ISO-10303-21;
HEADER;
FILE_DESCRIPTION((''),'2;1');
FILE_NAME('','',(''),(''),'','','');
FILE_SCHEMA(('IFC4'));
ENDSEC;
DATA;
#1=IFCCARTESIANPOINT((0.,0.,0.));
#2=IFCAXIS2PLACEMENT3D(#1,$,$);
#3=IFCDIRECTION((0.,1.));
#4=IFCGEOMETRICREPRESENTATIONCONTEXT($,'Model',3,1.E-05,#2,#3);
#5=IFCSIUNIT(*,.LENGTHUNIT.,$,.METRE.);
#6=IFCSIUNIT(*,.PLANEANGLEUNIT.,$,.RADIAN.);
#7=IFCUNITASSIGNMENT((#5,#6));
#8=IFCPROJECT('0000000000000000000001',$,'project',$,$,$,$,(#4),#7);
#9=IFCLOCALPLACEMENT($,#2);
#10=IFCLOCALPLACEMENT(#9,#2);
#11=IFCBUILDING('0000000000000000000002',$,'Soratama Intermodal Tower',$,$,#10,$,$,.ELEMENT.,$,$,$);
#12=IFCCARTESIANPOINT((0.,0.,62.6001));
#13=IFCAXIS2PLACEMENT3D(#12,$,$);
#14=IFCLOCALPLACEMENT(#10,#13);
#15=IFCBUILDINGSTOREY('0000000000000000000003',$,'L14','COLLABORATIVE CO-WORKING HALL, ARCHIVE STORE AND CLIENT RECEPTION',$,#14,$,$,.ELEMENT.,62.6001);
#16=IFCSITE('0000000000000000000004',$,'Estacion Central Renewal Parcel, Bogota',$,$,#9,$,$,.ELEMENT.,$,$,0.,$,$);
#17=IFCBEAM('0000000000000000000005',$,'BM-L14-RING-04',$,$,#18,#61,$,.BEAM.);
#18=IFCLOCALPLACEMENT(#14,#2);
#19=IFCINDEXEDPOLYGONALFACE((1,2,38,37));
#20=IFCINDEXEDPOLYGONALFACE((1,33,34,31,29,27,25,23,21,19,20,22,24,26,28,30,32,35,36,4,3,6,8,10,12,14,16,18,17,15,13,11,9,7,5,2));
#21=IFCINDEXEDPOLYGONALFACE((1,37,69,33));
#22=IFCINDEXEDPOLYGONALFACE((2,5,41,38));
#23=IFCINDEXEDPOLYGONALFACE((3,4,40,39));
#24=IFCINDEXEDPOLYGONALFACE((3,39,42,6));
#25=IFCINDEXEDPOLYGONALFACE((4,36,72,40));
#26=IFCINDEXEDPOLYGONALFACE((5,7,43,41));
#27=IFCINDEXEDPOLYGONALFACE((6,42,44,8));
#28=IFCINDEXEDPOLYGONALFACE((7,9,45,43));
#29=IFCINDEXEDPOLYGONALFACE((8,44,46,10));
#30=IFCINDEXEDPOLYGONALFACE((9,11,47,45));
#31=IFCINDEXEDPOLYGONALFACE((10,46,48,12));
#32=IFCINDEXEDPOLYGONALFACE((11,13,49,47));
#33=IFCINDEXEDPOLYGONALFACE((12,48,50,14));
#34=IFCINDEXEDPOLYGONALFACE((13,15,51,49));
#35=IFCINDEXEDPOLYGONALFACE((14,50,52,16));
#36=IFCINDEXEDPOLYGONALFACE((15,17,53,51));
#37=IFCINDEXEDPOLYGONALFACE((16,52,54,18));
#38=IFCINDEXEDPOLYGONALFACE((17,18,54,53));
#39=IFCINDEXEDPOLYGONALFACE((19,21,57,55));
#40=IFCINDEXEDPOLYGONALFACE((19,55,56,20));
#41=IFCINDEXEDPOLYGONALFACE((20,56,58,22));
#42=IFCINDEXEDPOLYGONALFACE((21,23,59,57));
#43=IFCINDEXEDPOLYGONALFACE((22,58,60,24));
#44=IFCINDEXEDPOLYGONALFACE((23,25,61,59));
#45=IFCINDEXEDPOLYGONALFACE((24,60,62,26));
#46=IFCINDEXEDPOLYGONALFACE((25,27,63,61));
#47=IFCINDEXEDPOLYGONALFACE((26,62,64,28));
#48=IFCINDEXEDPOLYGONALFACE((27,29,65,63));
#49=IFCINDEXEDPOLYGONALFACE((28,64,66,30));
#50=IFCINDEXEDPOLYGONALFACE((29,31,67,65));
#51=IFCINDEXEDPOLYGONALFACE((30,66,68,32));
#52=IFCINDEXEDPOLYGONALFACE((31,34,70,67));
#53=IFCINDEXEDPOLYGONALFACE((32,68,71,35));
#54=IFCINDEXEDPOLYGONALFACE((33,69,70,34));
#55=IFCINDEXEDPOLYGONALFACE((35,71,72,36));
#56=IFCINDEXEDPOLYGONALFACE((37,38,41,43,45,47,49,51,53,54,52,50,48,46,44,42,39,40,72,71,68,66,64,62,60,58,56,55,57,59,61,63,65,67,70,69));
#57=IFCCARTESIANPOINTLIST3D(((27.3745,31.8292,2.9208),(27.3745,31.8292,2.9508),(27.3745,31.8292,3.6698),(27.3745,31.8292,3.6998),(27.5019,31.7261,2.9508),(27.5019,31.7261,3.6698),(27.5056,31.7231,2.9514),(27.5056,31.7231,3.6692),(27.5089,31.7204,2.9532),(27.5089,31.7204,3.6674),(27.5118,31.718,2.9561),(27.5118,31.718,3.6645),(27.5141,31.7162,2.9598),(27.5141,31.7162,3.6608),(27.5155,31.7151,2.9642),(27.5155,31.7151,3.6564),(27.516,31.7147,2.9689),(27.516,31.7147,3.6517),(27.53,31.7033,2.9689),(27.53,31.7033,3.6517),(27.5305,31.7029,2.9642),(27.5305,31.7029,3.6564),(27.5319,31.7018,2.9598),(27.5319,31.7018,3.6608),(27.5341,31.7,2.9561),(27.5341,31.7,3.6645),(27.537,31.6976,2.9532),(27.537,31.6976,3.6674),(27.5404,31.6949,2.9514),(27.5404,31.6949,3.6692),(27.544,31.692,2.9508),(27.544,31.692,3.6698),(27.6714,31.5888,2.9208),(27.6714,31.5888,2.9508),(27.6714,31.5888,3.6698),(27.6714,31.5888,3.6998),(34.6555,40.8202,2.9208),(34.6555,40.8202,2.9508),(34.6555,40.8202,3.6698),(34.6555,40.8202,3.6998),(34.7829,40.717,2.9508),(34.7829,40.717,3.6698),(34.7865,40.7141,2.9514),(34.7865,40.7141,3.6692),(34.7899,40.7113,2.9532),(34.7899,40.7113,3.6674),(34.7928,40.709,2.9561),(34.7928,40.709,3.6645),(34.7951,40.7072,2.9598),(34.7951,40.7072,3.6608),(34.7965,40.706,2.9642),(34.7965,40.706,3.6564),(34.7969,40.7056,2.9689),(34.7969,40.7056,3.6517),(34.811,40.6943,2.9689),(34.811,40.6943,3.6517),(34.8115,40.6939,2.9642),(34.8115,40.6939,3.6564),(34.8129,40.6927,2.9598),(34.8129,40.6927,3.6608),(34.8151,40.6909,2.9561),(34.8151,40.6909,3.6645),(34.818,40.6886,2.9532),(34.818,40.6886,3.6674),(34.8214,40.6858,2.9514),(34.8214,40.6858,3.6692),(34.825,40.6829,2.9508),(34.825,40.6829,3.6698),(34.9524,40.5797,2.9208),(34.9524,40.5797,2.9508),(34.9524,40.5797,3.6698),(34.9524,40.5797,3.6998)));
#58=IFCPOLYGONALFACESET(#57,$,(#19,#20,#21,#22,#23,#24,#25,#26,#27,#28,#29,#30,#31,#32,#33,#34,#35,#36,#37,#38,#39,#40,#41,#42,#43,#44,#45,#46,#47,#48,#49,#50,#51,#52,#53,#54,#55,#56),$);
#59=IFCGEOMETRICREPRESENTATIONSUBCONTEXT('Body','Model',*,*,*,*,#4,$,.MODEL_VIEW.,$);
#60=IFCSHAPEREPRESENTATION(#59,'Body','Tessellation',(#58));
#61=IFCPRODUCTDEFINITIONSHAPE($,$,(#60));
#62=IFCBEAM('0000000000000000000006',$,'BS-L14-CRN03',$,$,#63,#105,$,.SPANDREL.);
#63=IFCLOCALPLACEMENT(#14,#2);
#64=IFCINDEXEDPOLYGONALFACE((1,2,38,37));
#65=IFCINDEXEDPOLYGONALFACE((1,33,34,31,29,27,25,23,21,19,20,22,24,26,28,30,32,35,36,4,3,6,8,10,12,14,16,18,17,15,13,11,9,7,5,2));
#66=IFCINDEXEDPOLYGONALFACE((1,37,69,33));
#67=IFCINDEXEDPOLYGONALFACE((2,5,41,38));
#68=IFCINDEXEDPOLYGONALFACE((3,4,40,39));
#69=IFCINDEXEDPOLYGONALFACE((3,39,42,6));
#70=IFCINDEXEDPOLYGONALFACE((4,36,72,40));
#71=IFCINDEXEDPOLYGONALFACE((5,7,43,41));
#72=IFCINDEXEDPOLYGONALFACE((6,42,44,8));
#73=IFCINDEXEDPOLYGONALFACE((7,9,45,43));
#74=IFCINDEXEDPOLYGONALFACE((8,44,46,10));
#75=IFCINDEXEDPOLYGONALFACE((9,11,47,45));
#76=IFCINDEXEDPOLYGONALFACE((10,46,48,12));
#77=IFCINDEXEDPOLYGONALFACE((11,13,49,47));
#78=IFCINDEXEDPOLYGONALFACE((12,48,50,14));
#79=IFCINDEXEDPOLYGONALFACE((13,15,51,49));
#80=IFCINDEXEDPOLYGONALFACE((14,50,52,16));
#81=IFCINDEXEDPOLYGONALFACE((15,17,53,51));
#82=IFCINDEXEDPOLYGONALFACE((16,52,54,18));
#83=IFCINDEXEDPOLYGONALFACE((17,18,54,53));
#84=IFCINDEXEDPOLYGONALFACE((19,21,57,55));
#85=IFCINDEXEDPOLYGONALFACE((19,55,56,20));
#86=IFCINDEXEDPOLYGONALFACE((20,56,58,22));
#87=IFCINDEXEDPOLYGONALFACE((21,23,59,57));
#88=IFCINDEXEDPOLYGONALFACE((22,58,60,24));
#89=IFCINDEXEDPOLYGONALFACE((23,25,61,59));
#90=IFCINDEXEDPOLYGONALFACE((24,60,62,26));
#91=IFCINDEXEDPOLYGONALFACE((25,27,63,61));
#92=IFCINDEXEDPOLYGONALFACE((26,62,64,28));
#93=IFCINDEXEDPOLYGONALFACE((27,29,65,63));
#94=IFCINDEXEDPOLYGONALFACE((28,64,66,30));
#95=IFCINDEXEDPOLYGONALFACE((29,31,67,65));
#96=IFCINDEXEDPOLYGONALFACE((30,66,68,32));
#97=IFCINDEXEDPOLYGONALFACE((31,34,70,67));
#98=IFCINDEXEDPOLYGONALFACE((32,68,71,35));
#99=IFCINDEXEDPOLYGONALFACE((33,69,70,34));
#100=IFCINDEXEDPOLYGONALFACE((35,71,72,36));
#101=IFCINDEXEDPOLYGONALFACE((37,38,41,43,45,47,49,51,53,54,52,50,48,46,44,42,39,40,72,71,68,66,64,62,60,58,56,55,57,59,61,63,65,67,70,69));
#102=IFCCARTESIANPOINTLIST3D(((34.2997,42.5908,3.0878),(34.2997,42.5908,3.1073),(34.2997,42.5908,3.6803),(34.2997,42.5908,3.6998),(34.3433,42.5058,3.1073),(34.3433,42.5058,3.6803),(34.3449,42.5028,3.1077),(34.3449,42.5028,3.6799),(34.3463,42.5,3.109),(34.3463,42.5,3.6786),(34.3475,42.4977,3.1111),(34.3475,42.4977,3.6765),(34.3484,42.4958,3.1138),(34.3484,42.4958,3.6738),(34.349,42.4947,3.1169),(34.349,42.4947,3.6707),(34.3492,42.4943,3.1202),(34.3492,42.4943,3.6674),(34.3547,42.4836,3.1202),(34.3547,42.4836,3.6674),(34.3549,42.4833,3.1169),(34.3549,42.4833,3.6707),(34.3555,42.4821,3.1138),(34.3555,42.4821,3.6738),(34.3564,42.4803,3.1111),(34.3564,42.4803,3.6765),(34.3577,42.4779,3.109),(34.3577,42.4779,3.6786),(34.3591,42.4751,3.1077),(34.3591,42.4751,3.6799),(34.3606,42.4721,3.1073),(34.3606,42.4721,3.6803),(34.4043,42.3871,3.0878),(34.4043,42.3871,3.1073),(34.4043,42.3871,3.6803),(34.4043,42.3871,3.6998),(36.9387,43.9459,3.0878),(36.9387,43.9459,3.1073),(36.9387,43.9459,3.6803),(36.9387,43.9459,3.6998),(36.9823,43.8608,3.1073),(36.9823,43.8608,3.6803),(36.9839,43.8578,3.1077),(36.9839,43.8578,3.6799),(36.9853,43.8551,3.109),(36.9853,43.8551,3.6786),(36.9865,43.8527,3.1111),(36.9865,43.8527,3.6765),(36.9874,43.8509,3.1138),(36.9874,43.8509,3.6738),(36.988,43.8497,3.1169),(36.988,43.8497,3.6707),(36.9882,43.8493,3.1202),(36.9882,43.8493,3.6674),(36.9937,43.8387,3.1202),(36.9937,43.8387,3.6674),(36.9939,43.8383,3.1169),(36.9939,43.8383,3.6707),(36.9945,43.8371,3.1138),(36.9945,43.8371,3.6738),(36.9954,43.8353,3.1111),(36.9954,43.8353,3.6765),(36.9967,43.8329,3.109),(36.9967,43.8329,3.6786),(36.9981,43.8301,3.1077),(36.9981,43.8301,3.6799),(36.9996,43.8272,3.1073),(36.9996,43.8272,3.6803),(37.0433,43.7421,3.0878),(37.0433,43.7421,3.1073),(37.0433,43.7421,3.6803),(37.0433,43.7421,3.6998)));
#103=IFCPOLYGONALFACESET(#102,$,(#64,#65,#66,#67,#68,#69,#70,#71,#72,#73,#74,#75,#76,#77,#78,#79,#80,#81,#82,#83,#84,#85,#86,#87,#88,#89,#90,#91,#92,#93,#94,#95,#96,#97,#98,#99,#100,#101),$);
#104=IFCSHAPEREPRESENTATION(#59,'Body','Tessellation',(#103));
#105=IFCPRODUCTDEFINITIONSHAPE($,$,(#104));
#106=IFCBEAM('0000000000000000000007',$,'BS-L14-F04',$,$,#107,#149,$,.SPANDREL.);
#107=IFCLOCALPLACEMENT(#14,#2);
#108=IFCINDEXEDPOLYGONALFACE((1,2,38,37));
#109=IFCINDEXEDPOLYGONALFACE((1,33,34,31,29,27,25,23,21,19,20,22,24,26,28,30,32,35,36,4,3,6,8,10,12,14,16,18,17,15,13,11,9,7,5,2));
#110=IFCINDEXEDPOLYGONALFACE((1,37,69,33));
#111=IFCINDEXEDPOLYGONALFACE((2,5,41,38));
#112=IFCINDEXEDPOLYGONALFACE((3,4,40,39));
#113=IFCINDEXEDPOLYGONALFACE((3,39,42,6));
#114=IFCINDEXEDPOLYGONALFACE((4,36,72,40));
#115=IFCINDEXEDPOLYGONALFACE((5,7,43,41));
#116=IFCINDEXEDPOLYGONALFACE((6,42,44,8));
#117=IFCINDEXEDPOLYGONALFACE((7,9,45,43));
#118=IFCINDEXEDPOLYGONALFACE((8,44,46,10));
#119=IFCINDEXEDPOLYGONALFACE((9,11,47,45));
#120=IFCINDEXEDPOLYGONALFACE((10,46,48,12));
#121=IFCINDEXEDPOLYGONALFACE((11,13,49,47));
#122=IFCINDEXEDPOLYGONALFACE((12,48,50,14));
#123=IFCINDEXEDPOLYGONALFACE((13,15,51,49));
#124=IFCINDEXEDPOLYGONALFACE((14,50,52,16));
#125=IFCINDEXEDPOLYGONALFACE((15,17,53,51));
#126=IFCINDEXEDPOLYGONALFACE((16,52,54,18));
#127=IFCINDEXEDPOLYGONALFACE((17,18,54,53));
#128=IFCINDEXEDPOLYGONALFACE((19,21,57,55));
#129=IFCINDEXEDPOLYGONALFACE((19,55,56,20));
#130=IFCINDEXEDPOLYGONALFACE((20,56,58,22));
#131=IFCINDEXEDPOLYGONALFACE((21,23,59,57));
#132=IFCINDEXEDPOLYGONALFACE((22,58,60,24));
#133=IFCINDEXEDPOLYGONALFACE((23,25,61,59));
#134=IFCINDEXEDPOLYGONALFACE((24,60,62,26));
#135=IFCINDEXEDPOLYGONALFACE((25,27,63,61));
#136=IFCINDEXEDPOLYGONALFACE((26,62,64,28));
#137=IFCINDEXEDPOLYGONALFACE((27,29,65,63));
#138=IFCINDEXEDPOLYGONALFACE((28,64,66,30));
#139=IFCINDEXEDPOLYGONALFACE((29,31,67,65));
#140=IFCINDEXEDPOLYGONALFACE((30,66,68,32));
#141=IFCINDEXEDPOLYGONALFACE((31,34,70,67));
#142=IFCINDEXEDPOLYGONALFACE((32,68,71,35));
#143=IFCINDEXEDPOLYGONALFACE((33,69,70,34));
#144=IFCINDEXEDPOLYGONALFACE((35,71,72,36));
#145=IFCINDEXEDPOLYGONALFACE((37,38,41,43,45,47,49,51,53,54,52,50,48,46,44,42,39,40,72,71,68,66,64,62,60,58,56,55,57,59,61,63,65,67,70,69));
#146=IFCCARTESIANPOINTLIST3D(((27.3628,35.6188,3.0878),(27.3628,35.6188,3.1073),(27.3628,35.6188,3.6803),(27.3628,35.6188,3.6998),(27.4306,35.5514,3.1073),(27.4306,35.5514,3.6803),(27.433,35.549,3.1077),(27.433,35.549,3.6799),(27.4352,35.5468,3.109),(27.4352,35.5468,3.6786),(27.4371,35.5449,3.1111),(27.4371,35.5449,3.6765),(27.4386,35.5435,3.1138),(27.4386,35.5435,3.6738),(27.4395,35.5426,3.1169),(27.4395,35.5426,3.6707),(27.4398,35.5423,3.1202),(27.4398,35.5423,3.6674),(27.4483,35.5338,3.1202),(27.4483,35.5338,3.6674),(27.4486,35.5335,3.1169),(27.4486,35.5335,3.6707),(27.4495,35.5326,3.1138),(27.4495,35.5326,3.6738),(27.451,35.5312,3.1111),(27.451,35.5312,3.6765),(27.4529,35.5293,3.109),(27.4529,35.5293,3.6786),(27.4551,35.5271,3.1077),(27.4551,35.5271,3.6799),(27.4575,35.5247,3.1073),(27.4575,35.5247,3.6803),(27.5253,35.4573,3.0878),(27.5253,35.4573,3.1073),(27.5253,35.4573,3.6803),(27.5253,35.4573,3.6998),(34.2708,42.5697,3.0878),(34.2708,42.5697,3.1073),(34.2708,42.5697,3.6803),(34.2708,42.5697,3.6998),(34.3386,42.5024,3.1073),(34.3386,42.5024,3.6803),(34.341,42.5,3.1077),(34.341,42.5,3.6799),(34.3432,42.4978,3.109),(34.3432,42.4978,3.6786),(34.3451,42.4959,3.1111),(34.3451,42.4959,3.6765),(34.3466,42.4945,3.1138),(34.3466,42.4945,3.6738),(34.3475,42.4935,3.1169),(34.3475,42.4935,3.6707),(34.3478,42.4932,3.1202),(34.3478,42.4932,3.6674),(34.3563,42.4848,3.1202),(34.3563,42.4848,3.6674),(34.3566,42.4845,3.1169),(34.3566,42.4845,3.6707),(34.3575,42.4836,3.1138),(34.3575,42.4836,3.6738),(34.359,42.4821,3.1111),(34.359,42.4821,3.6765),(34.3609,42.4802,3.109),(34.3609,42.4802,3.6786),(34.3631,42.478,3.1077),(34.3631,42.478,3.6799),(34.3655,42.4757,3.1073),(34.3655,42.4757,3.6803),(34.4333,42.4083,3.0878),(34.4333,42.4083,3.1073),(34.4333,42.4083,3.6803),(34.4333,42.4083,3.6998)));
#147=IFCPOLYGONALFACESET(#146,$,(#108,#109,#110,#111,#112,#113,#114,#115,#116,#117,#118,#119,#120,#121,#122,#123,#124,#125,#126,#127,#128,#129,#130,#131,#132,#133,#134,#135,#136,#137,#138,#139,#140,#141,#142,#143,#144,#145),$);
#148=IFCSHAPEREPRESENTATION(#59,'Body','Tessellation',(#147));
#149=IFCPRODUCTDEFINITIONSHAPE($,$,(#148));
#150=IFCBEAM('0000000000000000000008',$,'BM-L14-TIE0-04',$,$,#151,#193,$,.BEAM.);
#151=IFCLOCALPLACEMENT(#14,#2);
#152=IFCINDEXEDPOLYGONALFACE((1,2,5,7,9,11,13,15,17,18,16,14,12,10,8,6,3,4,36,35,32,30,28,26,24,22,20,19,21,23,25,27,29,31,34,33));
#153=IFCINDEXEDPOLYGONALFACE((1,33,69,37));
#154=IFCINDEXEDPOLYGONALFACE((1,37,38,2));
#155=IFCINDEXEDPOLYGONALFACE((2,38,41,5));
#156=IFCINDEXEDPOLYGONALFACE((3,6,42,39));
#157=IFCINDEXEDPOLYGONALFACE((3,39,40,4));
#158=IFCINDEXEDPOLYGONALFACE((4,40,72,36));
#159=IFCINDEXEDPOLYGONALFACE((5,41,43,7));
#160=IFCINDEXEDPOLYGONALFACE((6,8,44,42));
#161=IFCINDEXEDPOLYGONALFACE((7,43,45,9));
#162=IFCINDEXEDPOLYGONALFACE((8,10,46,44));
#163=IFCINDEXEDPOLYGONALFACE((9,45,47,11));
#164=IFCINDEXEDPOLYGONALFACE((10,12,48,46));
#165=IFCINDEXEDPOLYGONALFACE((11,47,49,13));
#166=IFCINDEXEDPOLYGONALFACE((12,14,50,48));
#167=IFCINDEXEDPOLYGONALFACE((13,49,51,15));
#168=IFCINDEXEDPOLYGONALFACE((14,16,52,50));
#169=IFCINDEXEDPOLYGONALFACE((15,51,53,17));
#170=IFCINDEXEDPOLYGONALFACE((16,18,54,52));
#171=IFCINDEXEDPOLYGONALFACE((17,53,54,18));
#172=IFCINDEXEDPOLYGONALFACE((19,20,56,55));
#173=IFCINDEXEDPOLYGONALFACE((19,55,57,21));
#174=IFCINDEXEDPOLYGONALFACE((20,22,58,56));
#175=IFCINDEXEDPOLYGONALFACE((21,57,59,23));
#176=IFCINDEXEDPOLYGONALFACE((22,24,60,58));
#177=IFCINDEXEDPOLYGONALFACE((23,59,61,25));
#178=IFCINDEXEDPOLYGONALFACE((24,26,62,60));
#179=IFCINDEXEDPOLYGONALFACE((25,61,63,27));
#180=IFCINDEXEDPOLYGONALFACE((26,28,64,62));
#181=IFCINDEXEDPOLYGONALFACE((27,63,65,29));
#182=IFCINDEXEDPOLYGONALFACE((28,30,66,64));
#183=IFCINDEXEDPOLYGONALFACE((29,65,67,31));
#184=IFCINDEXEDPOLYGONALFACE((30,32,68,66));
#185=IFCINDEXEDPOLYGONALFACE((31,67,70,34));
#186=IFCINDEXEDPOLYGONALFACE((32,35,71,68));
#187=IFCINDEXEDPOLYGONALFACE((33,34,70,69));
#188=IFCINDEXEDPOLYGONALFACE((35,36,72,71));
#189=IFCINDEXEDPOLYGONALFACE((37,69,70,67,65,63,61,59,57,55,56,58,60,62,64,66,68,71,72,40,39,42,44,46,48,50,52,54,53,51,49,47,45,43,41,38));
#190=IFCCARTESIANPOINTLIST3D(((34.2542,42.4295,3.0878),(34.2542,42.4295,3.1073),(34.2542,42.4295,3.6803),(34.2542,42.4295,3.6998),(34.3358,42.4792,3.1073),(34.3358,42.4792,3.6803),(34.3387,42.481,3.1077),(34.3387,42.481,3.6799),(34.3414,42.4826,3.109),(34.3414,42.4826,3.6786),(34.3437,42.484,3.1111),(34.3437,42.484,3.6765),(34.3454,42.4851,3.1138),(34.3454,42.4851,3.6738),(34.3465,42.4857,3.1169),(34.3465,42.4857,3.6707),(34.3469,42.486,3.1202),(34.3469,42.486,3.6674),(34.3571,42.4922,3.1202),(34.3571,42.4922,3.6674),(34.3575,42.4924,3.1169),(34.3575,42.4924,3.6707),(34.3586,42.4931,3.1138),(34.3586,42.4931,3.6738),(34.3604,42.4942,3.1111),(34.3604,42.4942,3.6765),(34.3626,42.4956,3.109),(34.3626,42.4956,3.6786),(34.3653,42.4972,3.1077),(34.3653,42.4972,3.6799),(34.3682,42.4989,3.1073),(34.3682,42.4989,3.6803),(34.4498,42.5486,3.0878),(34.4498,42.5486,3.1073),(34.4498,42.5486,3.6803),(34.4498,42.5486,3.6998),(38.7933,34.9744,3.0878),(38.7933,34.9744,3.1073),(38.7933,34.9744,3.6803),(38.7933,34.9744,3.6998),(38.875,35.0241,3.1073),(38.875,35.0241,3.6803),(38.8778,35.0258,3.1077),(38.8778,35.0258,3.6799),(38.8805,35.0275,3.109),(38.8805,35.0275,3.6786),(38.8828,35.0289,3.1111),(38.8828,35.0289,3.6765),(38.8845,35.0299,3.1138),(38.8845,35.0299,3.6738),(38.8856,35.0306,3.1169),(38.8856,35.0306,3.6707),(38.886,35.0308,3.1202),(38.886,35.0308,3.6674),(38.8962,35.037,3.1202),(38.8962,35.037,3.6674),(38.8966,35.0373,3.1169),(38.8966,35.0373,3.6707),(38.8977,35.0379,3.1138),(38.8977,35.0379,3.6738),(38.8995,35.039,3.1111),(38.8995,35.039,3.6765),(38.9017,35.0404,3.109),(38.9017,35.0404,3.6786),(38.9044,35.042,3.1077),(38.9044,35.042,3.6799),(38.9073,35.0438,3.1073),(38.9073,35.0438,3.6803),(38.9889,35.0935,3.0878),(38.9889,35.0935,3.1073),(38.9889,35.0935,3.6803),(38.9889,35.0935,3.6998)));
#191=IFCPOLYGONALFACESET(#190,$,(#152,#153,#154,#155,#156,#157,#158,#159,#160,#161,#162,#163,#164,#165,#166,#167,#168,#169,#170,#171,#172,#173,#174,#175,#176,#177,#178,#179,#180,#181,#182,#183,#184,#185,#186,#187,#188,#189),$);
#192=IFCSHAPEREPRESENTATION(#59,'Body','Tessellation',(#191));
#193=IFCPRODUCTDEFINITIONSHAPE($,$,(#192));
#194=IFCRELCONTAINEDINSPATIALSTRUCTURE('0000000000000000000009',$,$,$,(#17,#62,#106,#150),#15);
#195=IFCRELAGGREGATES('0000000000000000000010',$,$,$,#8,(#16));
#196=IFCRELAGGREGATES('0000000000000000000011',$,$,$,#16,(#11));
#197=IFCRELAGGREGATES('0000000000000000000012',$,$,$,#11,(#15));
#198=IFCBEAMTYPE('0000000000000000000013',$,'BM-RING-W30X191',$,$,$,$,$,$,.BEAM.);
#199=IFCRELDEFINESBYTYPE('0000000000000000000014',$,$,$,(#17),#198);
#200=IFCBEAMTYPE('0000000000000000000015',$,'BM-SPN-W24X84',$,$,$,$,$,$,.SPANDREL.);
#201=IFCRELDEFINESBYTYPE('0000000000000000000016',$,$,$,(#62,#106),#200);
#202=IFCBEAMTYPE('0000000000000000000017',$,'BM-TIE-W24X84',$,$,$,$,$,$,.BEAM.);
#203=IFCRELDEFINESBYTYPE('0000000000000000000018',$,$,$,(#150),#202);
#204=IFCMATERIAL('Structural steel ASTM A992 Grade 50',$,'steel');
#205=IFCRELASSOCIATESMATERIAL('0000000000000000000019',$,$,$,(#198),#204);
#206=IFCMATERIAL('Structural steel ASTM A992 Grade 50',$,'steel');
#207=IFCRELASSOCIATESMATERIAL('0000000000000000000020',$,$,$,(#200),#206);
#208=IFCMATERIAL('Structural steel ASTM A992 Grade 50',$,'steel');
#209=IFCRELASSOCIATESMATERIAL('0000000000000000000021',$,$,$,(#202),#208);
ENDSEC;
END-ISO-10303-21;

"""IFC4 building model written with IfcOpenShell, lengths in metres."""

from ifc_helpers import new_model, si_unit, direction, frame, origin, origin_2d, place, context, subcontext, project, spatial, i_section, extrude, material, material_profile, profile_set, type_object, element, save


model = new_model("IFC4")

# Units and contexts
model_context = context("Model", 3, precision=1e-05, world=origin(), true_north=direction((0.0, 1.0)))
body_context = subcontext(model_context, "Body", "Model", "MODEL_VIEW")
ifc_project = project(units=[si_unit("LENGTHUNIT", "METRE"), si_unit("PLANEANGLEUNIT", "RADIAN")], contexts=[model_context])

# Site, building, storey
site_placement = place(None, origin())
site = spatial("IfcSite", under=ifc_project, at=site_placement, Name="Estacion Central Renewal Parcel, Bogota", CompositionType="ELEMENT", RefElevation=0.0)
building_placement = place(site_placement, origin())
building = spatial("IfcBuilding", under=site, at=building_placement, Name="Soratama Intermodal Tower", CompositionType="ELEMENT")
storey_placement = place(building_placement, frame((0.0, 0.0, 62.6001)))
storey = spatial("IfcBuildingStorey", under=building, at=storey_placement, Name="L14", Description="COLLABORATIVE CO-WORKING HALL, ARCHIVE STORE AND CLIENT RECEPTION", CompositionType="ELEMENT", Elevation=62.6001)

# Beams
ifc_material_1 = material(Name="Structural steel ASTM A992 Grade 50", Category="steel")
ifc_material_profile_1 = material_profile(ifc_material_1, i_section(OverallWidth=0.3821, OverallDepth=0.7791, WebThickness=0.0181, FlangeThickness=0.03, FilletRadius=0.0181, at=origin_2d()), Name="W30X191")
ifc_profile_set_1 = profile_set([ifc_material_profile_1], Name="Structural steel ASTM A992 Grade 50")
beam_type_1 = type_object("IfcBeamType", Name="BM-RING-W30X191", PredefinedType="BEAM", material=ifc_profile_set_1)
beam_1_placement = place(storey_placement, frame((34.804, 40.7, 3.3103), z_axis=(-0.629334, -0.777135, 0.0), x_axis=(0.777135, -0.629334, 0.0)))
element("IfcBeam", 1, at=beam_1_placement, inside=storey, type_object=beam_type_1, Name="BM-L14-RING-04", PredefinedType="BEAM", context=body_context, shape_type="SweptSolid", body=[
    extrude(i_section(OverallWidth=0.3821, OverallDepth=0.7791, WebThickness=0.0181, FlangeThickness=0.03, FilletRadius=0.0181, at=origin_2d()), origin(), (0.0, 0.0, 1.0), 11.5693),
])
ifc_material_2 = material(Name="Structural steel ASTM A992 Grade 50", Category="steel")
ifc_material_profile_2 = material_profile(ifc_material_2, i_section(OverallWidth=0.229, OverallDepth=0.6121, WebThickness=0.012, FlangeThickness=0.0195, FilletRadius=0.0129, at=origin_2d()), Name="W24X84")
ifc_profile_set_2 = profile_set([ifc_material_profile_2], Name="Structural steel ASTM A992 Grade 50")
beam_type_2 = type_object("IfcBeamType", Name="BM-SPN-W24X84", PredefinedType="SPANDREL", material=ifc_profile_set_2)
beam_2_placement = place(storey_placement, frame((36.991, 43.844, 3.3938), z_axis=(-0.889586, -0.456768, 0.0), x_axis=(0.456768, -0.889586, 0.0)))
element("IfcBeam", 2, at=beam_2_placement, inside=storey, type_object=beam_type_2, Name="BS-L14-CRN03", PredefinedType="SPANDREL", context=body_context, shape_type="SweptSolid", body=[
    extrude(i_section(OverallWidth=0.229, OverallDepth=0.6121, WebThickness=0.012, FlangeThickness=0.0195, FilletRadius=0.0129, at=origin_2d()), origin(), (0.0, 0.0, 1.0), 2.9666),
])
beam_3_placement = place(storey_placement, frame((34.3521, 42.489, 3.3938), z_axis=(-0.704911, -0.709296, 0.0), x_axis=(0.709296, -0.704911, 0.0)))
element("IfcBeam", 3, at=beam_3_placement, inside=storey, type_object=beam_type_2, Name="BS-L14-F04", PredefinedType="SPANDREL", context=body_context, shape_type="SweptSolid", body=[
    extrude(i_section(OverallWidth=0.229, OverallDepth=0.6121, WebThickness=0.012, FlangeThickness=0.0195, FilletRadius=0.0129, at=origin_2d()), origin(), (0.0, 0.0, 1.0), 9.7998),
])
ifc_material_3 = material(Name="Structural steel ASTM A992 Grade 50", Category="steel")
ifc_material_profile_3 = material_profile(ifc_material_3, i_section(OverallWidth=0.229, OverallDepth=0.6121, WebThickness=0.012, FlangeThickness=0.0195, FilletRadius=0.0129, at=origin_2d()), Name="W24X84")
ifc_profile_set_3 = profile_set([ifc_material_profile_3], Name="Structural steel ASTM A992 Grade 50")
beam_type_3 = type_object("IfcBeamType", Name="BM-TIE-W24X84", PredefinedType="BEAM", material=ifc_profile_set_3)
beam_4_placement = place(storey_placement, frame((38.8911, 35.0339, 3.3938), z_axis=(-0.520046, 0.854138, 0.0), x_axis=(-0.854138, -0.520046, 0.0)))
element("IfcBeam", 4, at=beam_4_placement, inside=storey, type_object=beam_type_3, Name="BM-L14-TIE0-04", PredefinedType="BEAM", context=body_context, shape_type="SweptSolid", body=[
    extrude(i_section(OverallWidth=0.229, OverallDepth=0.6121, WebThickness=0.012, FlangeThickness=0.0195, FilletRadius=0.0129, at=origin_2d()), origin(), (0.0, 0.0, 1.0), 8.7283),
])

save(model, "model.ifc")
